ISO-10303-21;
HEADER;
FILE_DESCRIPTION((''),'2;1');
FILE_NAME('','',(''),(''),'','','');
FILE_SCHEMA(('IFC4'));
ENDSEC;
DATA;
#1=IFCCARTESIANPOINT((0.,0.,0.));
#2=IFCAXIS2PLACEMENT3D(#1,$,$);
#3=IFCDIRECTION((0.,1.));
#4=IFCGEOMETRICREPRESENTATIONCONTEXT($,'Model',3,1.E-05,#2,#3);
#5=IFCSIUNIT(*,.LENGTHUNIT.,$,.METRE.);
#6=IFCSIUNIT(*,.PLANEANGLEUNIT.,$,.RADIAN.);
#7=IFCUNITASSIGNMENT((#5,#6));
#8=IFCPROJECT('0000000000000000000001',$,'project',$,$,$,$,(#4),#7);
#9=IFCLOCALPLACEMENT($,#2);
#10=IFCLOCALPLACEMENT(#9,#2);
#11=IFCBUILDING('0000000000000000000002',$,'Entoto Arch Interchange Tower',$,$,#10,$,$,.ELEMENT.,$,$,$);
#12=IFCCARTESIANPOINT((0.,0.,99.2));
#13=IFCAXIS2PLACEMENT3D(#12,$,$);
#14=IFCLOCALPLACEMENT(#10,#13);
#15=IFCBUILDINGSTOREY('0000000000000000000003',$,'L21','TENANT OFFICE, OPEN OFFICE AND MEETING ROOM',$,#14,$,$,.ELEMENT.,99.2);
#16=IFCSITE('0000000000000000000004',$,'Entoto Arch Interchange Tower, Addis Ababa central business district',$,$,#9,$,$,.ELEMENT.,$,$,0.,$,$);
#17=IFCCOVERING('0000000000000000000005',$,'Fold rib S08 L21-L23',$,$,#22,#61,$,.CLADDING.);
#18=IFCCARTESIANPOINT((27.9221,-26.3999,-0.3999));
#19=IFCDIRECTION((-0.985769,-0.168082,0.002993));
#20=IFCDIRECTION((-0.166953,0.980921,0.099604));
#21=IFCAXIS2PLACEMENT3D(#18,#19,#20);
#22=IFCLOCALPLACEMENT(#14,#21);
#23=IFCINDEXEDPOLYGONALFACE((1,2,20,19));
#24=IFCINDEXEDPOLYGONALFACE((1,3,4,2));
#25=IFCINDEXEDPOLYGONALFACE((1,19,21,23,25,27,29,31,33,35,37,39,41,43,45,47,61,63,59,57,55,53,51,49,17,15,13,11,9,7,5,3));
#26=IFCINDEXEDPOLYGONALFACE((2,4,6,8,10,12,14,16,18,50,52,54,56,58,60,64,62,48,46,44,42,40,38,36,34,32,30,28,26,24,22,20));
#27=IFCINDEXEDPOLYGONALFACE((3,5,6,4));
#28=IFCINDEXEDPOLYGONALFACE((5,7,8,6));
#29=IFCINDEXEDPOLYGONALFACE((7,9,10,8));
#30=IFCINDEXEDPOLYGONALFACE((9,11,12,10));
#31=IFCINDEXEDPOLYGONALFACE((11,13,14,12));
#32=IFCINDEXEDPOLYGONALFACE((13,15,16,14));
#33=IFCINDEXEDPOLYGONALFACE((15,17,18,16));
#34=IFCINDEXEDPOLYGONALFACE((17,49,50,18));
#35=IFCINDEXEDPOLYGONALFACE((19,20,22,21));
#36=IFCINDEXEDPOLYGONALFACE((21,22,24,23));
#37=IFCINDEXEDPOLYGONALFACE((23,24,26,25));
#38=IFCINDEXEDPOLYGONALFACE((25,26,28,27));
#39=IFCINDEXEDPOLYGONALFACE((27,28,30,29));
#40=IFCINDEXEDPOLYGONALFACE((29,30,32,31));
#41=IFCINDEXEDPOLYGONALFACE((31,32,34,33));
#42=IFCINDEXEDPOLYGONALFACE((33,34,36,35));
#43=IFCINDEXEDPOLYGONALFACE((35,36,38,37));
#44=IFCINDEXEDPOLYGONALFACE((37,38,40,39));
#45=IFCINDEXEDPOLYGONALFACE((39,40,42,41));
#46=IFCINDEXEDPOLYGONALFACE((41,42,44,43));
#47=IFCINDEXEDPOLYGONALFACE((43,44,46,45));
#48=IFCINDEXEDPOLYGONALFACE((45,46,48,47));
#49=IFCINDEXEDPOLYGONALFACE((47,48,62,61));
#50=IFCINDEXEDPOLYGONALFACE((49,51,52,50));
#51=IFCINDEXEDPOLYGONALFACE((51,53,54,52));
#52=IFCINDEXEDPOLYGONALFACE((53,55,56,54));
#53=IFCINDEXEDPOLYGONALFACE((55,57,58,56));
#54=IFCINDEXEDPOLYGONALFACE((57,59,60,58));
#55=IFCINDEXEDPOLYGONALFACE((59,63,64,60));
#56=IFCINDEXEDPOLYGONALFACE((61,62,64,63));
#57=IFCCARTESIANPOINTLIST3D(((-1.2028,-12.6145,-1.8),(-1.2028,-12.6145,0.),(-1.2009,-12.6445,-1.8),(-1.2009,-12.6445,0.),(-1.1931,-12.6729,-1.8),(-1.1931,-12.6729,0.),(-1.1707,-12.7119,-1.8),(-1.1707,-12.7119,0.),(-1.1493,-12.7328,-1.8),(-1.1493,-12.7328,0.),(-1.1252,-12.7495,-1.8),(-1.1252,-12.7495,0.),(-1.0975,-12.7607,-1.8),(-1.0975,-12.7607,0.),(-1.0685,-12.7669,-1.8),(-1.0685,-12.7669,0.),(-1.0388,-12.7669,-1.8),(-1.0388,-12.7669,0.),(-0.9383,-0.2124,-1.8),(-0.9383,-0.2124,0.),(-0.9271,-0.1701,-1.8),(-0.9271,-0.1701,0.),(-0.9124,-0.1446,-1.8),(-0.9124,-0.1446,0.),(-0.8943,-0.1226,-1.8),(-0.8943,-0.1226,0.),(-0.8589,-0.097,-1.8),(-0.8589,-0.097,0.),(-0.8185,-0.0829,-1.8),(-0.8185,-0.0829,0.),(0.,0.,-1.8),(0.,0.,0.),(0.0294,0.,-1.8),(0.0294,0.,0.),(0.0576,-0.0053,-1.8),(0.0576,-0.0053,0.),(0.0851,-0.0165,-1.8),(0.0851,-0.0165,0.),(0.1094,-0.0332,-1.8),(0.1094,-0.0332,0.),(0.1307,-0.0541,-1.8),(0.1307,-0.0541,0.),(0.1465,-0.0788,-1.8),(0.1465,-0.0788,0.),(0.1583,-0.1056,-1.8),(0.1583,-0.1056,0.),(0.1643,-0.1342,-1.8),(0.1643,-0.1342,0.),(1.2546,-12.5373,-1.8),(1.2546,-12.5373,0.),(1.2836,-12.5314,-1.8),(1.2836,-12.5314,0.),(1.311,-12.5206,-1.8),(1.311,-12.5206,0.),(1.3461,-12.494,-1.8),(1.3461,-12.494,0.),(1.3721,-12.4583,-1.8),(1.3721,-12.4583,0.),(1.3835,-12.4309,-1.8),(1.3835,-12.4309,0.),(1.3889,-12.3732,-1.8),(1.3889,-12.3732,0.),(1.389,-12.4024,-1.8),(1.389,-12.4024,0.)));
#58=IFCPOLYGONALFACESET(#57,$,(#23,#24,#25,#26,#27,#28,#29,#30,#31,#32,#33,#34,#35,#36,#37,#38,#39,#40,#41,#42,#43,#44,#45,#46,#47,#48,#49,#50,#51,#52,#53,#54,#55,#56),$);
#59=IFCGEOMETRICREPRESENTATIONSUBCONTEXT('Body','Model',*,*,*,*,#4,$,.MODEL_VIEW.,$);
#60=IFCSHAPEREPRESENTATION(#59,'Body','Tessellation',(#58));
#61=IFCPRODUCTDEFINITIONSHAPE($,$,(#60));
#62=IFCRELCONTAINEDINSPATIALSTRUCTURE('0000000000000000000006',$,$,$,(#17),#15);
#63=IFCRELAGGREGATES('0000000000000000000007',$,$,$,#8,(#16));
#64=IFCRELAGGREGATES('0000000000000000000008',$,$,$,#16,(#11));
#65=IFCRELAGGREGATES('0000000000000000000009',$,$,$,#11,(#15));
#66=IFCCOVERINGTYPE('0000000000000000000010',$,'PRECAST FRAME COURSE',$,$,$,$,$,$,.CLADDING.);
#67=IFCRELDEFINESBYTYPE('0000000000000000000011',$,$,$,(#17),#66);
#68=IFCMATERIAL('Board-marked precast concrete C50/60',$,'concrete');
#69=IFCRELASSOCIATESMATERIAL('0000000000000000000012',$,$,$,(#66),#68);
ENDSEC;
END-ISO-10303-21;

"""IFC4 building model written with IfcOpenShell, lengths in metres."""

from ifc_helpers import new_model, si_unit, direction, frame, origin, place, context, subcontext, project, spatial, polyline, outline, extrude, material, type_object, element, save


model = new_model("IFC4")

# Units and contexts
model_context = context("Model", 3, precision=1e-05, world=origin(), true_north=direction((0.0, 1.0)))
body_context = subcontext(model_context, "Body", "Model", "MODEL_VIEW")
ifc_project = project(units=[si_unit("LENGTHUNIT", "METRE"), si_unit("PLANEANGLEUNIT", "RADIAN")], contexts=[model_context])

# Site, building, storey
site_placement = place(None, origin())
site = spatial("IfcSite", under=ifc_project, at=site_placement, Name="Entoto Arch Interchange Tower, Addis Ababa central business district", CompositionType="ELEMENT", RefElevation=0.0)
building_placement = place(site_placement, origin())
building = spatial("IfcBuilding", under=site, at=building_placement, Name="Entoto Arch Interchange Tower", CompositionType="ELEMENT")
storey_placement = place(building_placement, frame((0.0, 0.0, 99.2)))
storey = spatial("IfcBuildingStorey", under=building, at=storey_placement, Name="L21", Description="TENANT OFFICE, OPEN OFFICE AND MEETING ROOM", CompositionType="ELEMENT", Elevation=99.2)

# Covering
ifc_material_1 = material(Name="Board-marked precast concrete C50/60", Category="concrete")
covering_type = type_object("IfcCoveringType", Name="PRECAST FRAME COURSE", PredefinedType="CLADDING", material=ifc_material_1)
covering_1_placement = place(storey_placement, frame((27.9221, -26.3999, -0.3999), z_axis=(-0.985769, -0.168082, 0.002993), x_axis=(-0.166953, 0.980921, 0.099604)))
element("IfcCovering", 1, at=covering_1_placement, inside=storey, type_object=covering_type, Name="Fold rib S08 L21-L23", PredefinedType="CLADDING", context=body_context, shape_type="SweptSolid", body=[
    extrude(outline(polyline([(0.0, 0.0), (0.0294, 0.0), (0.0576, -0.0053), (0.0851, -0.0165), (0.1094, -0.0332), (0.1307, -0.0541), (0.1465, -0.0788), (0.1583, -0.1056), (0.1643, -0.1342), (1.3889, -12.3732), (1.389, -12.4024), (1.3835, -12.4309), (1.3721, -12.4583), (1.3461, -12.494), (1.311, -12.5206), (1.2836, -12.5314), (1.2546, -12.5373), (-1.0388, -12.7669), (-1.0685, -12.7669), (-1.0975, -12.7607), (-1.1252, -12.7495), (-1.1493, -12.7328), (-1.1707, -12.7119), (-1.1931, -12.6729), (-1.2009, -12.6445), (-1.2028, -12.6145), (-0.9383, -0.2124), (-0.9271, -0.1701), (-0.9124, -0.1446), (-0.8943, -0.1226), (-0.8589, -0.097), (-0.8185, -0.0829), (0.0, 0.0)])), origin(), (0.0, 0.0, -1.0), 1.8),
])

save(model, "model.ifc")
